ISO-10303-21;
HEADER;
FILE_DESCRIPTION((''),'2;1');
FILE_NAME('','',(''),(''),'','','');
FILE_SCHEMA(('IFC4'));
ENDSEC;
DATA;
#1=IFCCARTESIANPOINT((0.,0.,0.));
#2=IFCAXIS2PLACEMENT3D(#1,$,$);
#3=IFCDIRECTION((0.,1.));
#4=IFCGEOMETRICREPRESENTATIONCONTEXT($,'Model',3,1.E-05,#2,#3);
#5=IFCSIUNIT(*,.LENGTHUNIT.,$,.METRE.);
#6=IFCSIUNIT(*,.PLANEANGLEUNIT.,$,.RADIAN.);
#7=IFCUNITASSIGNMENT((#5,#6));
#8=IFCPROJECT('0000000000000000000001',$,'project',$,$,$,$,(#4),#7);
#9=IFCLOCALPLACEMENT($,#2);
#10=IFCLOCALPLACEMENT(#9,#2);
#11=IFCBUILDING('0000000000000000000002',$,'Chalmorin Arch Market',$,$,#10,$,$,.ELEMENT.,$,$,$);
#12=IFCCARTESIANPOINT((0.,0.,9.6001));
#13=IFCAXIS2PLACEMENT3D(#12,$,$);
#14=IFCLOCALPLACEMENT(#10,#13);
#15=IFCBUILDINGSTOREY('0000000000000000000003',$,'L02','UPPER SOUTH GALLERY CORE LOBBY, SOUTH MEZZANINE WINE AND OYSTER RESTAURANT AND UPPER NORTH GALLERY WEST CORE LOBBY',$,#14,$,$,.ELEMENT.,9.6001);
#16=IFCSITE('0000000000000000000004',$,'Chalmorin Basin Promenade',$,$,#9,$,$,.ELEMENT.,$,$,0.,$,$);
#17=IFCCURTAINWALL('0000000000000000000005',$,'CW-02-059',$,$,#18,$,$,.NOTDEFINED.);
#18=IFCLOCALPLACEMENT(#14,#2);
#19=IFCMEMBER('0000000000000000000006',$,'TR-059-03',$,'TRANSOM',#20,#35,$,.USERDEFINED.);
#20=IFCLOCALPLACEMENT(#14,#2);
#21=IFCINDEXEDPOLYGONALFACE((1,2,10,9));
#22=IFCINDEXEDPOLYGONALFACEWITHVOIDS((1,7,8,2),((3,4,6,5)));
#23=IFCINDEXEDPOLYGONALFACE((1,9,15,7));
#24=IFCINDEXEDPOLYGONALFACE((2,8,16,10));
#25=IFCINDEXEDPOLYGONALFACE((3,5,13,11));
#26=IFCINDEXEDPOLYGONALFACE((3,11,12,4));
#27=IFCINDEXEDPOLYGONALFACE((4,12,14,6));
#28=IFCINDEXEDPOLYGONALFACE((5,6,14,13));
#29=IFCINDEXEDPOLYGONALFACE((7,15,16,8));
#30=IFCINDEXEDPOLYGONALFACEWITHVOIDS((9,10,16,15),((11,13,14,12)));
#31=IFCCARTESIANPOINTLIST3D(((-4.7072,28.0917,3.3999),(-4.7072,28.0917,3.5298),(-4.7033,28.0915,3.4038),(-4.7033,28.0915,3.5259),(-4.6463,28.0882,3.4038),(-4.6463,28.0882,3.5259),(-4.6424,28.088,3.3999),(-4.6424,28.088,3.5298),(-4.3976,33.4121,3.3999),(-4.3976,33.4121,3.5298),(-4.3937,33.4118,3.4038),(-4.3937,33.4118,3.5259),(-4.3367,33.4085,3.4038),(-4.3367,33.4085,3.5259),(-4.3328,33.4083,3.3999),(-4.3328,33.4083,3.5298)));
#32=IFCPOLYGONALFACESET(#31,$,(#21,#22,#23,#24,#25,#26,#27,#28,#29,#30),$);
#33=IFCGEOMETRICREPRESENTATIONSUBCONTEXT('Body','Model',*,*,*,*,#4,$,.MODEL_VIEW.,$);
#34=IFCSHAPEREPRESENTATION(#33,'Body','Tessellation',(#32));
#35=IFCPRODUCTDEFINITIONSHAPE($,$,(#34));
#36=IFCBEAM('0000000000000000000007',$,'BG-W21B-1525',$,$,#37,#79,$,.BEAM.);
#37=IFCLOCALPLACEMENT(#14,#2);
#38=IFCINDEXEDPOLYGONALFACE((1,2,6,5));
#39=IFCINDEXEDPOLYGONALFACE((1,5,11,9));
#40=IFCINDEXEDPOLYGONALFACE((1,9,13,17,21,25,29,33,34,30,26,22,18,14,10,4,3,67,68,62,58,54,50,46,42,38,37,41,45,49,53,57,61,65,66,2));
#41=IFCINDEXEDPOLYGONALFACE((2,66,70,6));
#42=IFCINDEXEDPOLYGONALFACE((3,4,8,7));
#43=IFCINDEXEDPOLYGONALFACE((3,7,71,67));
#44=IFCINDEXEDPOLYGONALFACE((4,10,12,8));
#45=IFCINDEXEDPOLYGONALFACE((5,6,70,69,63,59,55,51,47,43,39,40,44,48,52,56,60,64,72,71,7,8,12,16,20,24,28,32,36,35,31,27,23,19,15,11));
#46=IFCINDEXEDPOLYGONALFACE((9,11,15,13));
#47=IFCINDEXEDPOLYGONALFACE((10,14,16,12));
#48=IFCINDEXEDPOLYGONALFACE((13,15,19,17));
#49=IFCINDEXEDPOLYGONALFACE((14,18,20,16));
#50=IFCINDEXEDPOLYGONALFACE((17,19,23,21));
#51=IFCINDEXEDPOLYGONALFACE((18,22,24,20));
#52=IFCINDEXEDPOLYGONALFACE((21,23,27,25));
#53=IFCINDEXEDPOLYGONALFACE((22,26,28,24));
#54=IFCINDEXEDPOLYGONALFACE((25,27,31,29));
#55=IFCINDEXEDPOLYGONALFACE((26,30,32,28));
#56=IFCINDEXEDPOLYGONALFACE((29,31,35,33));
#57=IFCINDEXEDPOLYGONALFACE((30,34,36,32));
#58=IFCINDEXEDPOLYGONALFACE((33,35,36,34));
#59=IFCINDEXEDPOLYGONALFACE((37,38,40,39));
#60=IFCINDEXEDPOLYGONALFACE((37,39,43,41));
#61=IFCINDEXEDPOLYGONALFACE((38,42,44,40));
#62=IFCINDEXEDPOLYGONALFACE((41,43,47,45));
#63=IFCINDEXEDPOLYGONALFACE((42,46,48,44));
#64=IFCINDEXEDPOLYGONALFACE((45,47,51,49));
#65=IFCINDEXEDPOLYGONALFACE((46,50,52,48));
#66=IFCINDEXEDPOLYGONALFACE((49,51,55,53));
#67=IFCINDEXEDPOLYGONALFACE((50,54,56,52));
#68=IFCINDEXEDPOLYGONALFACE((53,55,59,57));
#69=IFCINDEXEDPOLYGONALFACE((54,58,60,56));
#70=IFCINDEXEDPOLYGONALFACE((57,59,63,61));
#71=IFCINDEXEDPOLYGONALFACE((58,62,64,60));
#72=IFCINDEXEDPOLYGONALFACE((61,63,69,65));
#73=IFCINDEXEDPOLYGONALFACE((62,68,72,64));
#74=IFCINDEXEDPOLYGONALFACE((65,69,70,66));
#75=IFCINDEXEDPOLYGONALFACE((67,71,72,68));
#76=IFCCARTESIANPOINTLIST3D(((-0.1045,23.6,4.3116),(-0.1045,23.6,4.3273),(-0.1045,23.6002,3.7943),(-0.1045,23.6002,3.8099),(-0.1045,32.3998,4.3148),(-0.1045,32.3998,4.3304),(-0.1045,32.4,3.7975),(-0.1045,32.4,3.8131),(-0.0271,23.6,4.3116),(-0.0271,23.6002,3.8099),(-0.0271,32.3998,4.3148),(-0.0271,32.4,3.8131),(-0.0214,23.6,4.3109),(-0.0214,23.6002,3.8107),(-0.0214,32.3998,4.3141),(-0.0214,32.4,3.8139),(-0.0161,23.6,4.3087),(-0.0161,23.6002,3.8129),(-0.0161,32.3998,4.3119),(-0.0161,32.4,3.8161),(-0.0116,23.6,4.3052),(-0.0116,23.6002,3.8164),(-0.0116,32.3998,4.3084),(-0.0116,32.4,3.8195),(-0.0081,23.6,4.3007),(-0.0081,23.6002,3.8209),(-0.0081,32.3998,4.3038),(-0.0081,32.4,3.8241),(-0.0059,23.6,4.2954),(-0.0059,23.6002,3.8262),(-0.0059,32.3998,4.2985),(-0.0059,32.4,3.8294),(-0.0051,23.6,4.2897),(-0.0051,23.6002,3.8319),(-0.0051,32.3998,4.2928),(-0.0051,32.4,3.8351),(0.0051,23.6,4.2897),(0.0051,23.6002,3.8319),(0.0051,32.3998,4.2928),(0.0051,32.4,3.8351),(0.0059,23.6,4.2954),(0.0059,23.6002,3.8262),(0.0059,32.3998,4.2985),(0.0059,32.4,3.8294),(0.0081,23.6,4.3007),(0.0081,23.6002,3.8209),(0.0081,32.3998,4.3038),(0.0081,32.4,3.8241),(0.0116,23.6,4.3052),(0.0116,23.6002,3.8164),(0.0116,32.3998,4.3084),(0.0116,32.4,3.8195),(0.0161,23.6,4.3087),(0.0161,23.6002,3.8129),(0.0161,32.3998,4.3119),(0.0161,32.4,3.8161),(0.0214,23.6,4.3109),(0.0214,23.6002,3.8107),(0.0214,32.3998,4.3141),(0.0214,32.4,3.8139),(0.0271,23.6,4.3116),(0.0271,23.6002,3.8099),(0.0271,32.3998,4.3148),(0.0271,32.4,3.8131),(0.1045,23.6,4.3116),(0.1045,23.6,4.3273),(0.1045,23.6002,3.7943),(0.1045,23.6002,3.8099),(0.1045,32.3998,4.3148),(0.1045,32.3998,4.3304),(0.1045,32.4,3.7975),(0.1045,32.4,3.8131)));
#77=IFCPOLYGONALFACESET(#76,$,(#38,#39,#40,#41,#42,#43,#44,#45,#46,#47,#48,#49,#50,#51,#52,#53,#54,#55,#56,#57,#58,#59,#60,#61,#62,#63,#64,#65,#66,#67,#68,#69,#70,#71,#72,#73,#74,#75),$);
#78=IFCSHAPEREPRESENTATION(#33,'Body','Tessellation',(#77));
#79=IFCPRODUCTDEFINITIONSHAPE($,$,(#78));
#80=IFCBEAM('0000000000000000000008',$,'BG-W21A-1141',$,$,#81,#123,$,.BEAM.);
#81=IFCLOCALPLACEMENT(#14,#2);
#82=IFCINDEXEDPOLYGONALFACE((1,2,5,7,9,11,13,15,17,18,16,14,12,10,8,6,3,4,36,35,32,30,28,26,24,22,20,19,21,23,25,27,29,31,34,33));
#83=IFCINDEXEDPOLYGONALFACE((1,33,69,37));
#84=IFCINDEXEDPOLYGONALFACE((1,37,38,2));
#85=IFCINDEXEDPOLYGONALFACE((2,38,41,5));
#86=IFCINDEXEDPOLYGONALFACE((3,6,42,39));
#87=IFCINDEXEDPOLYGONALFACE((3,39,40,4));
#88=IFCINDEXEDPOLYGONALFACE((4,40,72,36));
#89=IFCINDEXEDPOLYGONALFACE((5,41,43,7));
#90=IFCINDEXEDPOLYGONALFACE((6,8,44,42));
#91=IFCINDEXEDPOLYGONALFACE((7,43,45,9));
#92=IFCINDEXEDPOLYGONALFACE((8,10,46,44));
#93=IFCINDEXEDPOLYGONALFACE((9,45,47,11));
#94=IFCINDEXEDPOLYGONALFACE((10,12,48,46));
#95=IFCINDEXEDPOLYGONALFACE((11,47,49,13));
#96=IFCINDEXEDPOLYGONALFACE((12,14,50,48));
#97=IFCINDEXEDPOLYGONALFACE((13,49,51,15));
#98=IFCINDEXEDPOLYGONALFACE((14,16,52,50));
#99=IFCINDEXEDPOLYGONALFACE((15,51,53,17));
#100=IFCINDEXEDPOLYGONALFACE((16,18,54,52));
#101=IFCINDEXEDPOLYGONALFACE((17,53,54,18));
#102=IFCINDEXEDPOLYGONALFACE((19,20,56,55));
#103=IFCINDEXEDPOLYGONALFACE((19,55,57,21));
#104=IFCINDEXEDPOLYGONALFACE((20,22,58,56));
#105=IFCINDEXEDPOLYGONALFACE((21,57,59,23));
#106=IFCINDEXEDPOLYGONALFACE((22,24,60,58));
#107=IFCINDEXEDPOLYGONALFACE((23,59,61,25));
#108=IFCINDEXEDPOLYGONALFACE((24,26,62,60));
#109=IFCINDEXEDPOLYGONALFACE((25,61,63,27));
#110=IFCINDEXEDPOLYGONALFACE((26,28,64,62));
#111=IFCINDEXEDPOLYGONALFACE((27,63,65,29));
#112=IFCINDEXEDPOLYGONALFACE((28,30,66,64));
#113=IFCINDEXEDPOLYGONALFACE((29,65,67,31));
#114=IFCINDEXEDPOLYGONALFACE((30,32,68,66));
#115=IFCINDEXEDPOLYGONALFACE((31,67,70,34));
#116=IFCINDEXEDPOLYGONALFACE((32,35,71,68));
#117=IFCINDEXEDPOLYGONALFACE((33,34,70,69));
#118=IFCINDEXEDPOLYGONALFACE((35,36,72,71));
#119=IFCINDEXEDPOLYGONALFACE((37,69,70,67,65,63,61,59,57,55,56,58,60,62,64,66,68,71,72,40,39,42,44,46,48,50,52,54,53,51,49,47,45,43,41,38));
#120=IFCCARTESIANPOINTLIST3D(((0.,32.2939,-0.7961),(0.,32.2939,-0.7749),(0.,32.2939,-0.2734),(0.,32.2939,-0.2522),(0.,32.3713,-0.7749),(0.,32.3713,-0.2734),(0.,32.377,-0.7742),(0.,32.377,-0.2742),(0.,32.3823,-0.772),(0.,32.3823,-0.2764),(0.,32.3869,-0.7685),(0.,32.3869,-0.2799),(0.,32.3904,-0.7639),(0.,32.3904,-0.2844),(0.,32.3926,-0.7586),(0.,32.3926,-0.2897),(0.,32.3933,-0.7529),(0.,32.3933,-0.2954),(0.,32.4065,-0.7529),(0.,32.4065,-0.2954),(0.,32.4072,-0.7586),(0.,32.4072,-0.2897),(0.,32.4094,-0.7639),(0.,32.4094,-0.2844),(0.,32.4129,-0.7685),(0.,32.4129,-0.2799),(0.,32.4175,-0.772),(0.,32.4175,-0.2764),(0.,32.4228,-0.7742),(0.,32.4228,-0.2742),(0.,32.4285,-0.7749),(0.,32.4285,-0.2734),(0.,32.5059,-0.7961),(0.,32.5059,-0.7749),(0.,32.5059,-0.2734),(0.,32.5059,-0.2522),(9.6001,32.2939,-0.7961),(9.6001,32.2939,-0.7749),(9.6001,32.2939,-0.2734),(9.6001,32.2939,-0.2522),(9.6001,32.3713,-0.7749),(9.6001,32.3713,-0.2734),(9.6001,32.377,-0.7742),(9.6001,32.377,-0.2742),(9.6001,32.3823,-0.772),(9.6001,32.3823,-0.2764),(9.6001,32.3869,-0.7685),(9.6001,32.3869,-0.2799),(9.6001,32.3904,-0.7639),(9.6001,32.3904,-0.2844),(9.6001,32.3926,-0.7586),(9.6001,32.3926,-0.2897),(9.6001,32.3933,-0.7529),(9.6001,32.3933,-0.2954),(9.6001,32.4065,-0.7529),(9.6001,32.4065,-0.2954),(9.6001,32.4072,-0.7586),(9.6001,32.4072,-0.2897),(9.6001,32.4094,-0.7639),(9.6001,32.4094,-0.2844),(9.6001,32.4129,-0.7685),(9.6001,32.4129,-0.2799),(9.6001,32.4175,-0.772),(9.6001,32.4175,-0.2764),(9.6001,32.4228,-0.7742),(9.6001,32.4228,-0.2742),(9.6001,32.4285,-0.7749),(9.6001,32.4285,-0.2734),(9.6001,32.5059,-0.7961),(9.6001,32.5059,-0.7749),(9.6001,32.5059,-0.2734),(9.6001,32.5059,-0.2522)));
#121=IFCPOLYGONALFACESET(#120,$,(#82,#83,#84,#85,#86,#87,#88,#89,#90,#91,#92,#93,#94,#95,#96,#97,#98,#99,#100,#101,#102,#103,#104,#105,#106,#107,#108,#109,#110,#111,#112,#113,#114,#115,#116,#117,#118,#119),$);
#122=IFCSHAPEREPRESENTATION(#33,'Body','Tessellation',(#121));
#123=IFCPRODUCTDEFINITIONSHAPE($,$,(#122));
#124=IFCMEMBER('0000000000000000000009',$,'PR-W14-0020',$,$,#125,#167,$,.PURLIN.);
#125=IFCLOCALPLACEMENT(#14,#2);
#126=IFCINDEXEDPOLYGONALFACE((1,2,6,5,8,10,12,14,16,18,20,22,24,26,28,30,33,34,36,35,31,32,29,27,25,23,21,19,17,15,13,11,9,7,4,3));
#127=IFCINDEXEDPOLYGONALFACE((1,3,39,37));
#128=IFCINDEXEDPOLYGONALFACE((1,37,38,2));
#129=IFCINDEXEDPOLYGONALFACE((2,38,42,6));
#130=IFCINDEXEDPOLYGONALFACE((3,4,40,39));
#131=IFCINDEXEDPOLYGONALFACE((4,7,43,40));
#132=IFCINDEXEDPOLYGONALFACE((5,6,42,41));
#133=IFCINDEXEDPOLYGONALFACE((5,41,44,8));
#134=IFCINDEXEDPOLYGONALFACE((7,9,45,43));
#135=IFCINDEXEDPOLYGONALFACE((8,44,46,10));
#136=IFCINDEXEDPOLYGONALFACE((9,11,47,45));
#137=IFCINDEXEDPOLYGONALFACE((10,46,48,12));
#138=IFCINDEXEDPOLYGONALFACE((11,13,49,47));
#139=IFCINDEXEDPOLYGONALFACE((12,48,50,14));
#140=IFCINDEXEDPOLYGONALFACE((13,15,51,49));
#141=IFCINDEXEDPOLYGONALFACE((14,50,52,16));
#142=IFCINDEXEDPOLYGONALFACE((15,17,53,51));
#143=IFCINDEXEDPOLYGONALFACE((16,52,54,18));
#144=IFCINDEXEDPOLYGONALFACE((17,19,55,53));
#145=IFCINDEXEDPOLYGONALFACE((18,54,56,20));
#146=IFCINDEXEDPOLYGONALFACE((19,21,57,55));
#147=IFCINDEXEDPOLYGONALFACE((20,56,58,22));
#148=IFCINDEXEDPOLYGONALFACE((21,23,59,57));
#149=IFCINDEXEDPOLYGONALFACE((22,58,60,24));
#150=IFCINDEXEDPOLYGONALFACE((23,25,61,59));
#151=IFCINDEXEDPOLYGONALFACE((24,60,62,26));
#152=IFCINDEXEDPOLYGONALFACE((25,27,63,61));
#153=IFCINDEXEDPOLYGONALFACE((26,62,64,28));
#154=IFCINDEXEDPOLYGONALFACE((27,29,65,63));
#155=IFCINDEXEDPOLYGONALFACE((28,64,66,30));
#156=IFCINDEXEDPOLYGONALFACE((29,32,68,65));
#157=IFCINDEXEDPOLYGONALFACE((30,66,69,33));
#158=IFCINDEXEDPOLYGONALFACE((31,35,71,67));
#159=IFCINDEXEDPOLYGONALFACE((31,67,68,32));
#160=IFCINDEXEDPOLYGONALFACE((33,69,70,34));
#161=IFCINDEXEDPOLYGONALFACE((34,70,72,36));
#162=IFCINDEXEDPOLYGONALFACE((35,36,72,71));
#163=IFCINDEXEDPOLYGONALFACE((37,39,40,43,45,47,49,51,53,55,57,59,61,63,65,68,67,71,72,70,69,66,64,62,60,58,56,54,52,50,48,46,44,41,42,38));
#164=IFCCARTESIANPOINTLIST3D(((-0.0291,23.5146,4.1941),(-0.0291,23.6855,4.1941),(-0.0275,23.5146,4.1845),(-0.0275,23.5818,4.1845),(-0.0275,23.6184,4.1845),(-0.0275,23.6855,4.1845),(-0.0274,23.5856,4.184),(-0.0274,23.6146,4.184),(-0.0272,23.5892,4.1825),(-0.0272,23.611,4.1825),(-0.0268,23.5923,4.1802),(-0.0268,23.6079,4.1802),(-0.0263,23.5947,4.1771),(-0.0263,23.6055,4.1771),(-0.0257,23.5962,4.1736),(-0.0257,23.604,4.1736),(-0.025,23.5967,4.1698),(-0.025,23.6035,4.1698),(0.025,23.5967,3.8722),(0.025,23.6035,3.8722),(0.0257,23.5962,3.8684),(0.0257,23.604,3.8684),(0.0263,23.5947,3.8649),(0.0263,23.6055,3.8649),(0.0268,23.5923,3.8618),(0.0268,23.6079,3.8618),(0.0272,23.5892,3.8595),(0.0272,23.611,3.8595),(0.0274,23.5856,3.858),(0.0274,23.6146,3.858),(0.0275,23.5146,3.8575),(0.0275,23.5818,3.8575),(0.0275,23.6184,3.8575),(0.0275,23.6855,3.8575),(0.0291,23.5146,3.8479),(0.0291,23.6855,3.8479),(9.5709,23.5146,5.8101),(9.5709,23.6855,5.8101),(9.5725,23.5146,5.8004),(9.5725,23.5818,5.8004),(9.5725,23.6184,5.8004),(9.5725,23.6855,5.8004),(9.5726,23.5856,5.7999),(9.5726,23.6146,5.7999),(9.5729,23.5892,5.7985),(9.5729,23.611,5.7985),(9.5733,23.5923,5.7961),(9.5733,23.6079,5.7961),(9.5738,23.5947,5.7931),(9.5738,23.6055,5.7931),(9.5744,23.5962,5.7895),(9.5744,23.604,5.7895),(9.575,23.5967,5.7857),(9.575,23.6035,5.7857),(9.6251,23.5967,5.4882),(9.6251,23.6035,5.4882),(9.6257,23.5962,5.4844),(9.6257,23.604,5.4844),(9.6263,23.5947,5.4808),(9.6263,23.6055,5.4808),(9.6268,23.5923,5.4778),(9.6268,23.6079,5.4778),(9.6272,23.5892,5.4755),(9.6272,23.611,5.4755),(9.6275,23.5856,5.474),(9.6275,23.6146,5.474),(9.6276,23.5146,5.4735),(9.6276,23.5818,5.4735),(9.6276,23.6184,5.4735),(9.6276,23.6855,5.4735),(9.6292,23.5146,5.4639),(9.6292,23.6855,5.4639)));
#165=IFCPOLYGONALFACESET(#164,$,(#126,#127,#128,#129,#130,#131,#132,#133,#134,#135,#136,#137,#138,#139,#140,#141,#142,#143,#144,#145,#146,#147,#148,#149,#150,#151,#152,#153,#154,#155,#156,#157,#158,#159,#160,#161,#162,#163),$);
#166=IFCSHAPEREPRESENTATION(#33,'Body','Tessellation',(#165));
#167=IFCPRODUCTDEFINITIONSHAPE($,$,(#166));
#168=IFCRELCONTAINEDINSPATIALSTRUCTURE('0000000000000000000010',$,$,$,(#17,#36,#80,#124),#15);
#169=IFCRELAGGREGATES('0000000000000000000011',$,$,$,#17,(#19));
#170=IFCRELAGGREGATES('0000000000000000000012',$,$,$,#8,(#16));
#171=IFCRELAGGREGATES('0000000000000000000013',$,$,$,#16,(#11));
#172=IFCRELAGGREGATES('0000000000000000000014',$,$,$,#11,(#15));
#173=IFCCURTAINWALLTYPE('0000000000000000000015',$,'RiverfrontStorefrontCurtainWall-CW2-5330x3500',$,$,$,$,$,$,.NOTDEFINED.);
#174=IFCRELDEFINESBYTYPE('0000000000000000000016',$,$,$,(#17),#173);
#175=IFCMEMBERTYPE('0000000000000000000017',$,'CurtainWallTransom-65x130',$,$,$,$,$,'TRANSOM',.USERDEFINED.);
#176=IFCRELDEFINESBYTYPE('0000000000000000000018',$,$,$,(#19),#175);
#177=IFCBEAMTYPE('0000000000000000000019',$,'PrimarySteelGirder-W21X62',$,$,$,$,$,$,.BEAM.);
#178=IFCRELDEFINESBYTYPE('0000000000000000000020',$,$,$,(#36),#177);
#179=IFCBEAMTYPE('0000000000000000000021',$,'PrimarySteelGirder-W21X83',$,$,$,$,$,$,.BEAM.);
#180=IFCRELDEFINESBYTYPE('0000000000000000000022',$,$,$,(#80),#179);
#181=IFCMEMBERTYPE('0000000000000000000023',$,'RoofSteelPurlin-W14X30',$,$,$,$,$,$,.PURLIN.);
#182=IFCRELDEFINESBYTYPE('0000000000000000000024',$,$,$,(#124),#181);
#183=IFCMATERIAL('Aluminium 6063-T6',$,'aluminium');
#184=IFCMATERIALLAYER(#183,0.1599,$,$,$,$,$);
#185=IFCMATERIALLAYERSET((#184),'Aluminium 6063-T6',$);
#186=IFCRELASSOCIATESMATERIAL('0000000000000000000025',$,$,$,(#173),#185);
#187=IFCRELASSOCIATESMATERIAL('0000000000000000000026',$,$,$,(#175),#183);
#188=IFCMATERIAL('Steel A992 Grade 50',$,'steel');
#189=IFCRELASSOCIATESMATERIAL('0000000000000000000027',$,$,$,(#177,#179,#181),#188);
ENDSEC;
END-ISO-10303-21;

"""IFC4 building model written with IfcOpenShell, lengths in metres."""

from ifc_helpers import new_model, si_unit, direction, frame, origin, origin_2d, place, context, subcontext, project, spatial, hollow_rectangle, i_section, extrude, material, layer, layer_set, material_profile, profile_set, type_object, element, aggregate, save


model = new_model("IFC4")

# Units and contexts
model_context = context("Model", 3, precision=1e-05, world=origin(), true_north=direction((0.0, 1.0)))
body_context = subcontext(model_context, "Body", "Model", "MODEL_VIEW")
ifc_project = project(units=[si_unit("LENGTHUNIT", "METRE"), si_unit("PLANEANGLEUNIT", "RADIAN")], contexts=[model_context])

# Site, building, storey
site_placement = place(None, origin())
site = spatial("IfcSite", under=ifc_project, at=site_placement, Name="Chalmorin Basin Promenade", CompositionType="ELEMENT", RefElevation=0.0)
building_placement = place(site_placement, origin())
building = spatial("IfcBuilding", under=site, at=building_placement, Name="Chalmorin Arch Market", CompositionType="ELEMENT")
storey_placement = place(building_placement, frame((0.0, 0.0, 9.6001)))
storey = spatial("IfcBuildingStorey", under=building, at=storey_placement, Name="L02", Description="UPPER SOUTH GALLERY CORE LOBBY, SOUTH MEZZANINE WINE AND OYSTER RESTAURANT AND UPPER NORTH GALLERY WEST CORE LOBBY", CompositionType="ELEMENT", Elevation=9.6001)

# Curtain wall, member
ifc_material_1 = material(Name="Aluminium 6063-T6", Category="aluminium")
ifc_layer_1 = layer(ifc_material_1, 0.1599)
ifc_layer_set_1 = layer_set([ifc_layer_1], Name="Aluminium 6063-T6")
curtain_wall_type = type_object("IfcCurtainWallType", Name="RiverfrontStorefrontCurtainWall-CW2-5330x3500", PredefinedType="NOTDEFINED", material=ifc_layer_set_1)
curtain_wall_1_placement = place(storey_placement, origin())
curtain_wall_1 = element("IfcCurtainWall", 1, at=curtain_wall_1_placement, inside=storey, type_object=curtain_wall_type, Name="CW-02-059", PredefinedType="NOTDEFINED")
ifc_material_profile_1 = material_profile(ifc_material_1, hollow_rectangle(XDim=0.0649, YDim=0.1299, WallThickness=0.0039, at=origin_2d()), Name="ALU65X130X4")
ifc_profile_set_1 = profile_set([ifc_material_profile_1], Name="Aluminium 6063-T6")
member_type_1 = type_object("IfcMemberType", Name="CurtainWallTransom-65x130", ElementType="TRANSOM", PredefinedType="USERDEFINED", material=ifc_profile_set_1)
member_1_placement = place(storey_placement, frame((-4.6748, 28.0898, 3.4648), z_axis=(0.058088, 0.998311, 0.0), x_axis=(-0.998311, 0.058088, 0.0)))
member_1 = element("IfcMember", 2, at=member_1_placement, type_object=member_type_1, Name="TR-059-03", ObjectType="TRANSOM", PredefinedType="USERDEFINED", context=body_context, shape_type="SweptSolid", body=[
    extrude(hollow_rectangle(XDim=0.0649, YDim=0.1299, WallThickness=0.0039, at=origin_2d()), origin(), (0.0, 0.0, 1.0), 5.3293),
])

# Beams
ifc_material_2 = material(Name="Steel A992 Grade 50", Category="steel")
ifc_material_profile_2 = material_profile(ifc_material_2, i_section(OverallWidth=0.209, OverallDepth=0.533, WebThickness=0.0103, FlangeThickness=0.0156, FilletRadius=0.022, at=origin_2d()), Name="W21X62")
ifc_profile_set_2 = profile_set([ifc_material_profile_2], Name="Steel A992 Grade 50")
beam_type_1 = type_object("IfcBeamType", Name="PrimarySteelGirder-W21X62", PredefinedType="BEAM", material=ifc_profile_set_2)
beam_1_placement = place(storey_placement, frame((0.0, 23.6001, 4.0608), z_axis=(0.0, 1.0, 0.000361), x_axis=(-1.0, 0.0, 0.0)))
element("IfcBeam", 3, at=beam_1_placement, inside=storey, type_object=beam_type_1, Name="BG-W21B-1525", PredefinedType="BEAM", context=body_context, shape_type="SweptSolid", body=[
    extrude(i_section(OverallWidth=0.209, OverallDepth=0.533, WebThickness=0.0103, FlangeThickness=0.0156, FilletRadius=0.022, at=origin_2d()), origin(), (0.0, 0.0, 1.0), 8.7998),
])
ifc_material_profile_3 = material_profile(ifc_material_2, i_section(OverallWidth=0.2119, OverallDepth=0.5439, WebThickness=0.0132, FlangeThickness=0.0212, FilletRadius=0.022, at=origin_2d()), Name="W21X83")
ifc_profile_set_3 = profile_set([ifc_material_profile_3], Name="Steel A992 Grade 50")
beam_type_2 = type_object("IfcBeamType", Name="PrimarySteelGirder-W21X83", PredefinedType="BEAM", material=ifc_profile_set_3)
beam_2_placement = place(storey_placement, frame((0.0, 32.3999, -0.5242), z_axis=(1.0, 0.0, 0.0), x_axis=(0.0, 1.0, 0.0)))
element("IfcBeam", 4, at=beam_2_placement, inside=storey, type_object=beam_type_2, Name="BG-W21A-1141", PredefinedType="BEAM", context=body_context, shape_type="SweptSolid", body=[
    extrude(i_section(OverallWidth=0.2119, OverallDepth=0.5439, WebThickness=0.0132, FlangeThickness=0.0212, FilletRadius=0.022, at=origin_2d()), origin(), (0.0, 0.0, 1.0), 9.6001),
])

# Member
ifc_material_profile_4 = material_profile(ifc_material_2, i_section(OverallWidth=0.1709, OverallDepth=0.3511, WebThickness=0.0068, FlangeThickness=0.0098, FilletRadius=0.0149, at=origin_2d()), Name="W14X30")
ifc_profile_set_4 = profile_set([ifc_material_profile_4], Name="Steel A992 Grade 50")
member_type_2 = type_object("IfcMemberType", Name="RoofSteelPurlin-W14X30", PredefinedType="PURLIN", material=ifc_profile_set_4)
member_2_placement = place(storey_placement, frame((0.0, 23.6001, 4.021), z_axis=(0.986127, 0.0, 0.165993), x_axis=(0.0, 1.0, 0.0)))
element("IfcMember", 5, at=member_2_placement, inside=storey, type_object=member_type_2, Name="PR-W14-0020", PredefinedType="PURLIN", context=body_context, shape_type="SweptSolid", body=[
    extrude(i_section(OverallWidth=0.1709, OverallDepth=0.3511, WebThickness=0.0068, FlangeThickness=0.0098, FilletRadius=0.0149, at=origin_2d()), origin(), (0.0, 0.0, 1.0), 9.7351),
])

aggregate(curtain_wall_1, [member_1])

save(model, "model.ifc")
